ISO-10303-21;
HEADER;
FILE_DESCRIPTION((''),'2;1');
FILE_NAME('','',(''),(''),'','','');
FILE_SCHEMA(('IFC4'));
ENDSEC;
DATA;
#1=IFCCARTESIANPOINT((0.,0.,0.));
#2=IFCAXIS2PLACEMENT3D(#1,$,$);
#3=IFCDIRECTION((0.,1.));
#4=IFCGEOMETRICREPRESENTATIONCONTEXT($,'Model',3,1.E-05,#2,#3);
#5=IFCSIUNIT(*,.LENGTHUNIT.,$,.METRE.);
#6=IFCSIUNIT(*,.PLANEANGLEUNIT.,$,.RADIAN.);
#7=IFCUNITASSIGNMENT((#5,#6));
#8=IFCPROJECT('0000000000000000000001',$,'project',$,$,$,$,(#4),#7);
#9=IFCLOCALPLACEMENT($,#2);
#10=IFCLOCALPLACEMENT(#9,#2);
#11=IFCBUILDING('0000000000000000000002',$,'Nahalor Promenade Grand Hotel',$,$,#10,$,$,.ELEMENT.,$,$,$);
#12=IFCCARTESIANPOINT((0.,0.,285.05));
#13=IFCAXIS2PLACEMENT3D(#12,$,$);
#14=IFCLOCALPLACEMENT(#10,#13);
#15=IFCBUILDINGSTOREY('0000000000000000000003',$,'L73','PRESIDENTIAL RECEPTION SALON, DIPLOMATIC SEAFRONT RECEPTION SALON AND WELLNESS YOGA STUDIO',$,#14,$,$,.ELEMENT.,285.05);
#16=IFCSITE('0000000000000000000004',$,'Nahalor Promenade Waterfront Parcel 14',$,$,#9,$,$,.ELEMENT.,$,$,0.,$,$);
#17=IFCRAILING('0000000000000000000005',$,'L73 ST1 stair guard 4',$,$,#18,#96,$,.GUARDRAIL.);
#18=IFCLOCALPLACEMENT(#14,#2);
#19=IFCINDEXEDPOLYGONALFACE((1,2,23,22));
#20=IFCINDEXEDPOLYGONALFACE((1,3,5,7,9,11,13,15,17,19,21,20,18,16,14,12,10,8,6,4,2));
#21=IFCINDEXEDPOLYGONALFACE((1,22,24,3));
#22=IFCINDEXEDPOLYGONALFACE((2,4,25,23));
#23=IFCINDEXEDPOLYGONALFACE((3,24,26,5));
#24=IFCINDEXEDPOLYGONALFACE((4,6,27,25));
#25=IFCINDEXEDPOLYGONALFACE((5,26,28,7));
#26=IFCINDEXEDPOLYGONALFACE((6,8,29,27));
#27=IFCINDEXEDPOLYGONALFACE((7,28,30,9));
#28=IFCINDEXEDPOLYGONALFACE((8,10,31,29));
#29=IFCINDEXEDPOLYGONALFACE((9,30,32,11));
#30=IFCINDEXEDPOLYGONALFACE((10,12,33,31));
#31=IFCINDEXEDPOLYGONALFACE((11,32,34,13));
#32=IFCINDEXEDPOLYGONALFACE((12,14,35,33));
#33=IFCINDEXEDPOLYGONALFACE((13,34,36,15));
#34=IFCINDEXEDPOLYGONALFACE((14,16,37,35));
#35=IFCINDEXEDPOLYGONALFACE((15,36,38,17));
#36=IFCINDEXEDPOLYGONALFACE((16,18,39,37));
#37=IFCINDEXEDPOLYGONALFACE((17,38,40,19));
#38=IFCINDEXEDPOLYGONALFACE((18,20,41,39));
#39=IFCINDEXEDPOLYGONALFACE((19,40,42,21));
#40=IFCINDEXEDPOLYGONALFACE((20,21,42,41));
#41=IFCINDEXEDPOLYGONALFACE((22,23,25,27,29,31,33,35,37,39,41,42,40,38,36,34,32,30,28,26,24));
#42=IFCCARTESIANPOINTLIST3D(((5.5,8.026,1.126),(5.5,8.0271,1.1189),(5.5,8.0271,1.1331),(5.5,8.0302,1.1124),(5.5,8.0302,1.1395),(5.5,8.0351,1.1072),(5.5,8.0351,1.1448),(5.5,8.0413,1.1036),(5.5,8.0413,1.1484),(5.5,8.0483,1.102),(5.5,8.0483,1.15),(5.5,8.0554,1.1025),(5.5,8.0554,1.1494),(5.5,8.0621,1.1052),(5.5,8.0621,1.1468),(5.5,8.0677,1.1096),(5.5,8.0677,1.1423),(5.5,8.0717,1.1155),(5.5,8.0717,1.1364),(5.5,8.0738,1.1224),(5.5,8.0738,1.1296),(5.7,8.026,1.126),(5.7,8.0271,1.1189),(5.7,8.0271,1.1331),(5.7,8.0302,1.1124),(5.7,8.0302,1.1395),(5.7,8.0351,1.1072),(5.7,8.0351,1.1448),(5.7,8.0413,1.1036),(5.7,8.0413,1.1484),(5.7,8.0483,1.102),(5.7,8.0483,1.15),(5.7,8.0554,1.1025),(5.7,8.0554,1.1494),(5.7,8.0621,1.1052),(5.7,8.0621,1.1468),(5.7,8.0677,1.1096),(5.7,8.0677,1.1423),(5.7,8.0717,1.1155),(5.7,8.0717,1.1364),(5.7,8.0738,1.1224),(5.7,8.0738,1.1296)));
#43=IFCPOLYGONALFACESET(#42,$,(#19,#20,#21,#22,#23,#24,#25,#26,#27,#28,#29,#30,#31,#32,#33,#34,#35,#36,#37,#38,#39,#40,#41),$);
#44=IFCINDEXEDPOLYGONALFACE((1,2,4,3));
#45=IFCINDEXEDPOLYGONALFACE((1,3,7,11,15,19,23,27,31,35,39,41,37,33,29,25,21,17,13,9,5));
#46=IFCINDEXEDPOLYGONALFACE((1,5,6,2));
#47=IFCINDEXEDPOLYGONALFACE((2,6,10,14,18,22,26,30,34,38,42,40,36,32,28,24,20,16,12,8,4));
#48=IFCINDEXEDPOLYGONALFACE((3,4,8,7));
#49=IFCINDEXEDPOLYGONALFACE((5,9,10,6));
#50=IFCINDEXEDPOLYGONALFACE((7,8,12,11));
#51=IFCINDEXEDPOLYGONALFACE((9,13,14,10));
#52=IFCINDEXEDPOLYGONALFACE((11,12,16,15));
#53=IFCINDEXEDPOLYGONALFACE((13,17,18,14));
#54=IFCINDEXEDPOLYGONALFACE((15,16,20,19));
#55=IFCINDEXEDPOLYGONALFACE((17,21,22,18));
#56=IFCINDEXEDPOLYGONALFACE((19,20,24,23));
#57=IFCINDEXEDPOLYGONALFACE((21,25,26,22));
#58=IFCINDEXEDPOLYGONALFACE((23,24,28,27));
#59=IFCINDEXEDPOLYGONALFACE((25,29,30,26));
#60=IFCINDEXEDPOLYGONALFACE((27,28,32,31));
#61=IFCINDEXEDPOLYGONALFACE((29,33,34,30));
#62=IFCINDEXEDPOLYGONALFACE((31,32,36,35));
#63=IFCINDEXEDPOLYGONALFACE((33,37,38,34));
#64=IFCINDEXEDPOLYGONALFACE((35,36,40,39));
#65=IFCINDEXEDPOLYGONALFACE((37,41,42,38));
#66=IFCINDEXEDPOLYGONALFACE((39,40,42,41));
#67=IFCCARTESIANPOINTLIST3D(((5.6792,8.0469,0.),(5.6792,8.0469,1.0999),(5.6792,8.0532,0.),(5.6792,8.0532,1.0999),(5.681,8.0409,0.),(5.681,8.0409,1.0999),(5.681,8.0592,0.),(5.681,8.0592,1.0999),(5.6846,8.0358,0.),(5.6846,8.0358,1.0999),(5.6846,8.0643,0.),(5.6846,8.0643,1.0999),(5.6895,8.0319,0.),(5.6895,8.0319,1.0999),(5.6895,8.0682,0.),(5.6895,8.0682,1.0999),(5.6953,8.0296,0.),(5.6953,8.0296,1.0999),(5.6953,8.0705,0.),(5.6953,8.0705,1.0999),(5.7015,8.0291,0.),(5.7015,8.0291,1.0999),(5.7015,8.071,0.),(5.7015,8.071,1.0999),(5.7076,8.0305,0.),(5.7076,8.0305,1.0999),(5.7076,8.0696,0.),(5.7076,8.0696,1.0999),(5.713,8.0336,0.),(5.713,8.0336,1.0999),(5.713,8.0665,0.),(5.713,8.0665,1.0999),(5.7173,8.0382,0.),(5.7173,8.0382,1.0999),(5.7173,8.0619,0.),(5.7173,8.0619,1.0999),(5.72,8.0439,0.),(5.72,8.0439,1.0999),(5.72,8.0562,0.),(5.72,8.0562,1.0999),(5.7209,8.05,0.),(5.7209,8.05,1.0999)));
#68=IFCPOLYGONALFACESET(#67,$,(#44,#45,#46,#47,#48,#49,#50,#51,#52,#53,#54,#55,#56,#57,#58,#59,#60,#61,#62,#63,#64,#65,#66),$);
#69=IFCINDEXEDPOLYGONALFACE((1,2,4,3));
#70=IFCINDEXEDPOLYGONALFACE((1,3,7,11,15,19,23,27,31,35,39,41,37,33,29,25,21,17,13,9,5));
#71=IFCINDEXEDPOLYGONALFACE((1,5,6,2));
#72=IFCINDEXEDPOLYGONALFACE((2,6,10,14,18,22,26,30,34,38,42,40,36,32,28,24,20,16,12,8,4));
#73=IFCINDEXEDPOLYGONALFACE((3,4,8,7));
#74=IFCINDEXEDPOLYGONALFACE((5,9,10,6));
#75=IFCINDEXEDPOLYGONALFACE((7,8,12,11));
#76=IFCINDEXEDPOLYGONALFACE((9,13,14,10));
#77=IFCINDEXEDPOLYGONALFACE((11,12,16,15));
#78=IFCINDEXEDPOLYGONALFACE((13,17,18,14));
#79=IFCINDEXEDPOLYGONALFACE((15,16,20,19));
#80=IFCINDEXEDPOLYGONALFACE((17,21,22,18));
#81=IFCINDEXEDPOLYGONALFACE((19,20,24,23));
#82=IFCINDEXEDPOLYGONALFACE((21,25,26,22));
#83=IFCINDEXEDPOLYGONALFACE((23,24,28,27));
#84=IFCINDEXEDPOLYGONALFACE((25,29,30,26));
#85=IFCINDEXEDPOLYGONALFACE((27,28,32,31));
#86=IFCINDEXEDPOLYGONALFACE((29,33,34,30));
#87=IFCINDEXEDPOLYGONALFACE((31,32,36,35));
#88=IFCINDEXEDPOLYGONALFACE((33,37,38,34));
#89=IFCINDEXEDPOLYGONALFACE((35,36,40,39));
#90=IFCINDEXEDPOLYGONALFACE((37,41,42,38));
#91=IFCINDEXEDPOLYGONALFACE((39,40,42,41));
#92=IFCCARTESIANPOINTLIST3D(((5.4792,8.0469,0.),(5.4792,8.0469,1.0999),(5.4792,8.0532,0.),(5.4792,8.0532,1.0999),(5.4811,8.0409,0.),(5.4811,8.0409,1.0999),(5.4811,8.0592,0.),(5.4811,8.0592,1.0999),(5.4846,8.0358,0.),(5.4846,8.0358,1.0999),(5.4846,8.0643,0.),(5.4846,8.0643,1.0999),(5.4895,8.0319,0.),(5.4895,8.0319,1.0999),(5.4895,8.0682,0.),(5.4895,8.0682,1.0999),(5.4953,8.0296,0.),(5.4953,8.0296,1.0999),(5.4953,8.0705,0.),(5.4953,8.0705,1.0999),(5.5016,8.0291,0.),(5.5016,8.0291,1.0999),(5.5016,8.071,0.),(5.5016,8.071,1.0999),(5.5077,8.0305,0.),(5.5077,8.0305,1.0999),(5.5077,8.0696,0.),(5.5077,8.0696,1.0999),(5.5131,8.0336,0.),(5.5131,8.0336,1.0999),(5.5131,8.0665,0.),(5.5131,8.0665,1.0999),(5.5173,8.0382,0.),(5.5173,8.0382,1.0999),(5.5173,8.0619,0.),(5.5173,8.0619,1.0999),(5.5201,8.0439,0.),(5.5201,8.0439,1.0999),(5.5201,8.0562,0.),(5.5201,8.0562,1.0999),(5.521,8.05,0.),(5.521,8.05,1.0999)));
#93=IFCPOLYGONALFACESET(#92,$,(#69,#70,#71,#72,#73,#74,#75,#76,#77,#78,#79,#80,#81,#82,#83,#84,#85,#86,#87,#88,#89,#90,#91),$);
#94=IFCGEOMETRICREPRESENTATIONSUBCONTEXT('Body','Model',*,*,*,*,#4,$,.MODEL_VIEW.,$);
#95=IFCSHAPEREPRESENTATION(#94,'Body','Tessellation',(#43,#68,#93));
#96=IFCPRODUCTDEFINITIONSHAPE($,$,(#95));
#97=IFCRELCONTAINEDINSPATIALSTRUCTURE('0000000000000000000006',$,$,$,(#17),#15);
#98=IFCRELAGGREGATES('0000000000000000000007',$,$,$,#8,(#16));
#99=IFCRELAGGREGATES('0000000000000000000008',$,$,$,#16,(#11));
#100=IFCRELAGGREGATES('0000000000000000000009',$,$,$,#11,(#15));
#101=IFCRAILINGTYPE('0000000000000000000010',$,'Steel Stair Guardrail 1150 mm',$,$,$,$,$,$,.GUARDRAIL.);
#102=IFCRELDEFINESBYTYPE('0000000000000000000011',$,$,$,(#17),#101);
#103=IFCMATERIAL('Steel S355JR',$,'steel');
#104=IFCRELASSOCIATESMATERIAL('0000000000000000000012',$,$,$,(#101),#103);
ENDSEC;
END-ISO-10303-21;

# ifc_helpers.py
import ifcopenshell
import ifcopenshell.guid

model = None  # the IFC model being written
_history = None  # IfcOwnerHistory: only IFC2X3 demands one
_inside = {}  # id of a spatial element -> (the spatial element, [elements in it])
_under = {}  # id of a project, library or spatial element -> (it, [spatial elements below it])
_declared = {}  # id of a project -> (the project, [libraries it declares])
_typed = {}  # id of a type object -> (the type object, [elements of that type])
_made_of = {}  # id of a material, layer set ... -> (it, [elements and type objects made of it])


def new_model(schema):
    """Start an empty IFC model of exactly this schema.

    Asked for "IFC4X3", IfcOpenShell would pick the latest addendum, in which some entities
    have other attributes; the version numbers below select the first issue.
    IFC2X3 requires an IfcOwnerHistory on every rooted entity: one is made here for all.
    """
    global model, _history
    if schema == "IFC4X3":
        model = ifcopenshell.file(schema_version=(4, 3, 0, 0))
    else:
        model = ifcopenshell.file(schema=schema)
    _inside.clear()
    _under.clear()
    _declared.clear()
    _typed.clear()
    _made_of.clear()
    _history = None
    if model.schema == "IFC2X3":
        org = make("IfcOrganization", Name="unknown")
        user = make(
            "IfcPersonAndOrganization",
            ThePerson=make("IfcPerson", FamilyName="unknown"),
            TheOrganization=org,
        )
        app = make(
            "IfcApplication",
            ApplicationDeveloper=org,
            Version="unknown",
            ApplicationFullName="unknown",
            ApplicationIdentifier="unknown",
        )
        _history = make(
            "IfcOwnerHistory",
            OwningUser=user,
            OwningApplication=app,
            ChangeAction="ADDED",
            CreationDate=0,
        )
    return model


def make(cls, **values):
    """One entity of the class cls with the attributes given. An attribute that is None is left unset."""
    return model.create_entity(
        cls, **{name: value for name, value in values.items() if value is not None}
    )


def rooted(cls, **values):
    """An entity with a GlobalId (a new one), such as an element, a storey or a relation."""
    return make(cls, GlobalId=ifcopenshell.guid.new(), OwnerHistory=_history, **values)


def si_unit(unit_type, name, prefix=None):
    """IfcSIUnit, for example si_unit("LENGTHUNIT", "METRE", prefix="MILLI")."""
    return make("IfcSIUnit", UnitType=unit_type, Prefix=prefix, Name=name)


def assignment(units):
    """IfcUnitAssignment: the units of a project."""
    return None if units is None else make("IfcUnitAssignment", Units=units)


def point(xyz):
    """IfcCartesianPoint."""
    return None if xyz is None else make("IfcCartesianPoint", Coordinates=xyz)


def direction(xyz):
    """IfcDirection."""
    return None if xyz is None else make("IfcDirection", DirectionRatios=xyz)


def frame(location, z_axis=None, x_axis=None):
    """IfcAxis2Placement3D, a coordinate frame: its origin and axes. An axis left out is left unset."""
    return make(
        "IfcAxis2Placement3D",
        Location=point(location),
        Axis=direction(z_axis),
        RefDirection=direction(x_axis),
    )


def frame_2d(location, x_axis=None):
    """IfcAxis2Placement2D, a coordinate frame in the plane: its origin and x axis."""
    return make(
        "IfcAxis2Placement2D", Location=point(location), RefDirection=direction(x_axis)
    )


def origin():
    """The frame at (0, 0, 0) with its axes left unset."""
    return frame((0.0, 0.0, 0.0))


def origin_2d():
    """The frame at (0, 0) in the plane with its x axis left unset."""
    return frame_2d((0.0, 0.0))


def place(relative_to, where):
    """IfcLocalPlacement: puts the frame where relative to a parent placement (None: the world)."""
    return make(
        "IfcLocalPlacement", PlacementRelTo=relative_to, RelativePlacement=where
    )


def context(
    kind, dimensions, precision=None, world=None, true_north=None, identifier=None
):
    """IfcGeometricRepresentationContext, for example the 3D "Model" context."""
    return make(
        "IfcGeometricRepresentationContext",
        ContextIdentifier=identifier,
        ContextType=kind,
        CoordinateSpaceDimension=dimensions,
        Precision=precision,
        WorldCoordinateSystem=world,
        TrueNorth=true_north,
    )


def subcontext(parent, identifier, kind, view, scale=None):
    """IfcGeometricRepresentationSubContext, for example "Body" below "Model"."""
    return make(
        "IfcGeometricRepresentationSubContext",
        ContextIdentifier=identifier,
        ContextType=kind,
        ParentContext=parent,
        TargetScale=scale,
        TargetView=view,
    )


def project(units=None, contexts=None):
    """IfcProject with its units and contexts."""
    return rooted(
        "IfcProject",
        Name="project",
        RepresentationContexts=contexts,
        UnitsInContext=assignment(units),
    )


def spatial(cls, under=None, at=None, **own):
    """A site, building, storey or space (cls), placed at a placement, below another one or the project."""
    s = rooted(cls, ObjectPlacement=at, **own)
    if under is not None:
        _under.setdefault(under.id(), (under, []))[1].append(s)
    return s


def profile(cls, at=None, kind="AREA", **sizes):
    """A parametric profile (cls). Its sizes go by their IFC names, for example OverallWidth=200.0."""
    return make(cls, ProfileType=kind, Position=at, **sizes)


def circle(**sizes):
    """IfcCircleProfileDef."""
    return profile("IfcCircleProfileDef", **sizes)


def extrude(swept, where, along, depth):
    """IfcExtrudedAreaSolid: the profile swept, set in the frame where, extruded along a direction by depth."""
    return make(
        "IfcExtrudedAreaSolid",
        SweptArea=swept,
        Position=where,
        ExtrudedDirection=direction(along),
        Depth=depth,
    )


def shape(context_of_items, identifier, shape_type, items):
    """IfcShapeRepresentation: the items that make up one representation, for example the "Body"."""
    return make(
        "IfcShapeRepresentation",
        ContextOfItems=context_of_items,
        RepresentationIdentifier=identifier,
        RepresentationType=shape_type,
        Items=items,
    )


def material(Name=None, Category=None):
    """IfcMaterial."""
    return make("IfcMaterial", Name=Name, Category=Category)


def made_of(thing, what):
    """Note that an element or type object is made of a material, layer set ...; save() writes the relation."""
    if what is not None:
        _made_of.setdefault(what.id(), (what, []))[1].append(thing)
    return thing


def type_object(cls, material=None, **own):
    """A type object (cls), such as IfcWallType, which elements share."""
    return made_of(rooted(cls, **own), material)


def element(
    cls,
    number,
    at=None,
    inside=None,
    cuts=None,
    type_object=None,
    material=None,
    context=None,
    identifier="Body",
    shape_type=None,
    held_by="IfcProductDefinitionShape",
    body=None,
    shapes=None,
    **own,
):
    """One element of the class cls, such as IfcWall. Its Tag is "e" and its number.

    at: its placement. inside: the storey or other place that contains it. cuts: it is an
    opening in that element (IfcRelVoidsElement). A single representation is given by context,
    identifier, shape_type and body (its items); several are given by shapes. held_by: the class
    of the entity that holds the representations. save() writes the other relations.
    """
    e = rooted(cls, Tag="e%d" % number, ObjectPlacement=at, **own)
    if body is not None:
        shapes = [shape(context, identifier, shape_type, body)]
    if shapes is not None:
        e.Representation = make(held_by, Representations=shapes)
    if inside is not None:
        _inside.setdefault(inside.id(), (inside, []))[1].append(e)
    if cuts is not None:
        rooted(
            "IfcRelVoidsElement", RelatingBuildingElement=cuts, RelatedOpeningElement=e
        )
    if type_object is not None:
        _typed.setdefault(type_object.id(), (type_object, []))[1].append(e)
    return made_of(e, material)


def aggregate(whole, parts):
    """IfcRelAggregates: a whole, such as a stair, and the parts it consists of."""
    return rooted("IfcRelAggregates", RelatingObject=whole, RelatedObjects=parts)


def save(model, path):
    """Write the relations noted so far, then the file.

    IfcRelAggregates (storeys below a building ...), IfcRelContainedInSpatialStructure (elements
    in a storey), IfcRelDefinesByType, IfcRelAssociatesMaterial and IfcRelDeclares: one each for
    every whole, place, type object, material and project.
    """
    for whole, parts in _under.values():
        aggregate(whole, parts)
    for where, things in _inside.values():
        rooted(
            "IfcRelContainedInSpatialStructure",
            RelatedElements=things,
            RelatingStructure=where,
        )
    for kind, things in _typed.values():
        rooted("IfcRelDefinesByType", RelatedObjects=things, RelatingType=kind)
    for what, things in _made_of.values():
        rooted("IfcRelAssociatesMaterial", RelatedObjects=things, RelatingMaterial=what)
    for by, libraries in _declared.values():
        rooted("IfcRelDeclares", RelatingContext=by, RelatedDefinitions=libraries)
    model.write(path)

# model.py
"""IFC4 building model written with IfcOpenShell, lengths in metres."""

from ifc_helpers import new_model, si_unit, direction, frame, origin, origin_2d, place, context, subcontext, project, spatial, circle, extrude, material, type_object, element, save


model = new_model("IFC4")

# Units and contexts
model_context = context("Model", 3, precision=1e-05, world=origin(), true_north=direction((0.0, 1.0)))
body_context = subcontext(model_context, "Body", "Model", "MODEL_VIEW")
ifc_project = project(units=[si_unit("LENGTHUNIT", "METRE"), si_unit("PLANEANGLEUNIT", "RADIAN")], contexts=[model_context])

# Site, building, storey
site_placement = place(None, origin())
site = spatial("IfcSite", under=ifc_project, at=site_placement, Name="Nahalor Promenade Waterfront Parcel 14", CompositionType="ELEMENT", RefElevation=0.0)
building_placement = place(site_placement, origin())
building = spatial("IfcBuilding", under=site, at=building_placement, Name="Nahalor Promenade Grand Hotel", CompositionType="ELEMENT")
storey_placement = place(building_placement, frame((0.0, 0.0, 285.05)))
storey = spatial("IfcBuildingStorey", under=building, at=storey_placement, Name="L73", Description="PRESIDENTIAL RECEPTION SALON, DIPLOMATIC SEAFRONT RECEPTION SALON AND WELLNESS YOGA STUDIO", CompositionType="ELEMENT", Elevation=285.05)

# Shared definitions
ifc_material_1 = material(Name="Steel S355JR", Category="steel")

# Railing
railing_type_1 = type_object("IfcRailingType", Name="Steel Stair Guardrail 1150 mm", PredefinedType="GUARDRAIL", material=ifc_material_1)
railing_1_placement = place(storey_placement, frame((5.7, 8.05, 0.0)))
element("IfcRailing", 1, at=railing_1_placement, inside=storey, type_object=railing_type_1, Name="L73 ST1 stair guard 4", PredefinedType="GUARDRAIL", context=body_context, shape_type="SweptSolid", body=[
    extrude(circle(Radius=0.024, at=origin_2d()), frame((0.0, 0.0, 1.126), z_axis=(-1.0, 0.0, 0.0), x_axis=(0.0, -1.0, 0.0)), (0.0, 0.0, 1.0), 0.2),
    extrude(circle(Radius=0.021, at=origin_2d()), origin(), (0.0, 0.0, 1.0), 1.0999),
    extrude(circle(Radius=0.021, at=origin_2d()), frame((-0.2, 0.0, 0.0)), (0.0, 0.0, 1.0), 1.0999),
])

save(model, "model.ifc")
